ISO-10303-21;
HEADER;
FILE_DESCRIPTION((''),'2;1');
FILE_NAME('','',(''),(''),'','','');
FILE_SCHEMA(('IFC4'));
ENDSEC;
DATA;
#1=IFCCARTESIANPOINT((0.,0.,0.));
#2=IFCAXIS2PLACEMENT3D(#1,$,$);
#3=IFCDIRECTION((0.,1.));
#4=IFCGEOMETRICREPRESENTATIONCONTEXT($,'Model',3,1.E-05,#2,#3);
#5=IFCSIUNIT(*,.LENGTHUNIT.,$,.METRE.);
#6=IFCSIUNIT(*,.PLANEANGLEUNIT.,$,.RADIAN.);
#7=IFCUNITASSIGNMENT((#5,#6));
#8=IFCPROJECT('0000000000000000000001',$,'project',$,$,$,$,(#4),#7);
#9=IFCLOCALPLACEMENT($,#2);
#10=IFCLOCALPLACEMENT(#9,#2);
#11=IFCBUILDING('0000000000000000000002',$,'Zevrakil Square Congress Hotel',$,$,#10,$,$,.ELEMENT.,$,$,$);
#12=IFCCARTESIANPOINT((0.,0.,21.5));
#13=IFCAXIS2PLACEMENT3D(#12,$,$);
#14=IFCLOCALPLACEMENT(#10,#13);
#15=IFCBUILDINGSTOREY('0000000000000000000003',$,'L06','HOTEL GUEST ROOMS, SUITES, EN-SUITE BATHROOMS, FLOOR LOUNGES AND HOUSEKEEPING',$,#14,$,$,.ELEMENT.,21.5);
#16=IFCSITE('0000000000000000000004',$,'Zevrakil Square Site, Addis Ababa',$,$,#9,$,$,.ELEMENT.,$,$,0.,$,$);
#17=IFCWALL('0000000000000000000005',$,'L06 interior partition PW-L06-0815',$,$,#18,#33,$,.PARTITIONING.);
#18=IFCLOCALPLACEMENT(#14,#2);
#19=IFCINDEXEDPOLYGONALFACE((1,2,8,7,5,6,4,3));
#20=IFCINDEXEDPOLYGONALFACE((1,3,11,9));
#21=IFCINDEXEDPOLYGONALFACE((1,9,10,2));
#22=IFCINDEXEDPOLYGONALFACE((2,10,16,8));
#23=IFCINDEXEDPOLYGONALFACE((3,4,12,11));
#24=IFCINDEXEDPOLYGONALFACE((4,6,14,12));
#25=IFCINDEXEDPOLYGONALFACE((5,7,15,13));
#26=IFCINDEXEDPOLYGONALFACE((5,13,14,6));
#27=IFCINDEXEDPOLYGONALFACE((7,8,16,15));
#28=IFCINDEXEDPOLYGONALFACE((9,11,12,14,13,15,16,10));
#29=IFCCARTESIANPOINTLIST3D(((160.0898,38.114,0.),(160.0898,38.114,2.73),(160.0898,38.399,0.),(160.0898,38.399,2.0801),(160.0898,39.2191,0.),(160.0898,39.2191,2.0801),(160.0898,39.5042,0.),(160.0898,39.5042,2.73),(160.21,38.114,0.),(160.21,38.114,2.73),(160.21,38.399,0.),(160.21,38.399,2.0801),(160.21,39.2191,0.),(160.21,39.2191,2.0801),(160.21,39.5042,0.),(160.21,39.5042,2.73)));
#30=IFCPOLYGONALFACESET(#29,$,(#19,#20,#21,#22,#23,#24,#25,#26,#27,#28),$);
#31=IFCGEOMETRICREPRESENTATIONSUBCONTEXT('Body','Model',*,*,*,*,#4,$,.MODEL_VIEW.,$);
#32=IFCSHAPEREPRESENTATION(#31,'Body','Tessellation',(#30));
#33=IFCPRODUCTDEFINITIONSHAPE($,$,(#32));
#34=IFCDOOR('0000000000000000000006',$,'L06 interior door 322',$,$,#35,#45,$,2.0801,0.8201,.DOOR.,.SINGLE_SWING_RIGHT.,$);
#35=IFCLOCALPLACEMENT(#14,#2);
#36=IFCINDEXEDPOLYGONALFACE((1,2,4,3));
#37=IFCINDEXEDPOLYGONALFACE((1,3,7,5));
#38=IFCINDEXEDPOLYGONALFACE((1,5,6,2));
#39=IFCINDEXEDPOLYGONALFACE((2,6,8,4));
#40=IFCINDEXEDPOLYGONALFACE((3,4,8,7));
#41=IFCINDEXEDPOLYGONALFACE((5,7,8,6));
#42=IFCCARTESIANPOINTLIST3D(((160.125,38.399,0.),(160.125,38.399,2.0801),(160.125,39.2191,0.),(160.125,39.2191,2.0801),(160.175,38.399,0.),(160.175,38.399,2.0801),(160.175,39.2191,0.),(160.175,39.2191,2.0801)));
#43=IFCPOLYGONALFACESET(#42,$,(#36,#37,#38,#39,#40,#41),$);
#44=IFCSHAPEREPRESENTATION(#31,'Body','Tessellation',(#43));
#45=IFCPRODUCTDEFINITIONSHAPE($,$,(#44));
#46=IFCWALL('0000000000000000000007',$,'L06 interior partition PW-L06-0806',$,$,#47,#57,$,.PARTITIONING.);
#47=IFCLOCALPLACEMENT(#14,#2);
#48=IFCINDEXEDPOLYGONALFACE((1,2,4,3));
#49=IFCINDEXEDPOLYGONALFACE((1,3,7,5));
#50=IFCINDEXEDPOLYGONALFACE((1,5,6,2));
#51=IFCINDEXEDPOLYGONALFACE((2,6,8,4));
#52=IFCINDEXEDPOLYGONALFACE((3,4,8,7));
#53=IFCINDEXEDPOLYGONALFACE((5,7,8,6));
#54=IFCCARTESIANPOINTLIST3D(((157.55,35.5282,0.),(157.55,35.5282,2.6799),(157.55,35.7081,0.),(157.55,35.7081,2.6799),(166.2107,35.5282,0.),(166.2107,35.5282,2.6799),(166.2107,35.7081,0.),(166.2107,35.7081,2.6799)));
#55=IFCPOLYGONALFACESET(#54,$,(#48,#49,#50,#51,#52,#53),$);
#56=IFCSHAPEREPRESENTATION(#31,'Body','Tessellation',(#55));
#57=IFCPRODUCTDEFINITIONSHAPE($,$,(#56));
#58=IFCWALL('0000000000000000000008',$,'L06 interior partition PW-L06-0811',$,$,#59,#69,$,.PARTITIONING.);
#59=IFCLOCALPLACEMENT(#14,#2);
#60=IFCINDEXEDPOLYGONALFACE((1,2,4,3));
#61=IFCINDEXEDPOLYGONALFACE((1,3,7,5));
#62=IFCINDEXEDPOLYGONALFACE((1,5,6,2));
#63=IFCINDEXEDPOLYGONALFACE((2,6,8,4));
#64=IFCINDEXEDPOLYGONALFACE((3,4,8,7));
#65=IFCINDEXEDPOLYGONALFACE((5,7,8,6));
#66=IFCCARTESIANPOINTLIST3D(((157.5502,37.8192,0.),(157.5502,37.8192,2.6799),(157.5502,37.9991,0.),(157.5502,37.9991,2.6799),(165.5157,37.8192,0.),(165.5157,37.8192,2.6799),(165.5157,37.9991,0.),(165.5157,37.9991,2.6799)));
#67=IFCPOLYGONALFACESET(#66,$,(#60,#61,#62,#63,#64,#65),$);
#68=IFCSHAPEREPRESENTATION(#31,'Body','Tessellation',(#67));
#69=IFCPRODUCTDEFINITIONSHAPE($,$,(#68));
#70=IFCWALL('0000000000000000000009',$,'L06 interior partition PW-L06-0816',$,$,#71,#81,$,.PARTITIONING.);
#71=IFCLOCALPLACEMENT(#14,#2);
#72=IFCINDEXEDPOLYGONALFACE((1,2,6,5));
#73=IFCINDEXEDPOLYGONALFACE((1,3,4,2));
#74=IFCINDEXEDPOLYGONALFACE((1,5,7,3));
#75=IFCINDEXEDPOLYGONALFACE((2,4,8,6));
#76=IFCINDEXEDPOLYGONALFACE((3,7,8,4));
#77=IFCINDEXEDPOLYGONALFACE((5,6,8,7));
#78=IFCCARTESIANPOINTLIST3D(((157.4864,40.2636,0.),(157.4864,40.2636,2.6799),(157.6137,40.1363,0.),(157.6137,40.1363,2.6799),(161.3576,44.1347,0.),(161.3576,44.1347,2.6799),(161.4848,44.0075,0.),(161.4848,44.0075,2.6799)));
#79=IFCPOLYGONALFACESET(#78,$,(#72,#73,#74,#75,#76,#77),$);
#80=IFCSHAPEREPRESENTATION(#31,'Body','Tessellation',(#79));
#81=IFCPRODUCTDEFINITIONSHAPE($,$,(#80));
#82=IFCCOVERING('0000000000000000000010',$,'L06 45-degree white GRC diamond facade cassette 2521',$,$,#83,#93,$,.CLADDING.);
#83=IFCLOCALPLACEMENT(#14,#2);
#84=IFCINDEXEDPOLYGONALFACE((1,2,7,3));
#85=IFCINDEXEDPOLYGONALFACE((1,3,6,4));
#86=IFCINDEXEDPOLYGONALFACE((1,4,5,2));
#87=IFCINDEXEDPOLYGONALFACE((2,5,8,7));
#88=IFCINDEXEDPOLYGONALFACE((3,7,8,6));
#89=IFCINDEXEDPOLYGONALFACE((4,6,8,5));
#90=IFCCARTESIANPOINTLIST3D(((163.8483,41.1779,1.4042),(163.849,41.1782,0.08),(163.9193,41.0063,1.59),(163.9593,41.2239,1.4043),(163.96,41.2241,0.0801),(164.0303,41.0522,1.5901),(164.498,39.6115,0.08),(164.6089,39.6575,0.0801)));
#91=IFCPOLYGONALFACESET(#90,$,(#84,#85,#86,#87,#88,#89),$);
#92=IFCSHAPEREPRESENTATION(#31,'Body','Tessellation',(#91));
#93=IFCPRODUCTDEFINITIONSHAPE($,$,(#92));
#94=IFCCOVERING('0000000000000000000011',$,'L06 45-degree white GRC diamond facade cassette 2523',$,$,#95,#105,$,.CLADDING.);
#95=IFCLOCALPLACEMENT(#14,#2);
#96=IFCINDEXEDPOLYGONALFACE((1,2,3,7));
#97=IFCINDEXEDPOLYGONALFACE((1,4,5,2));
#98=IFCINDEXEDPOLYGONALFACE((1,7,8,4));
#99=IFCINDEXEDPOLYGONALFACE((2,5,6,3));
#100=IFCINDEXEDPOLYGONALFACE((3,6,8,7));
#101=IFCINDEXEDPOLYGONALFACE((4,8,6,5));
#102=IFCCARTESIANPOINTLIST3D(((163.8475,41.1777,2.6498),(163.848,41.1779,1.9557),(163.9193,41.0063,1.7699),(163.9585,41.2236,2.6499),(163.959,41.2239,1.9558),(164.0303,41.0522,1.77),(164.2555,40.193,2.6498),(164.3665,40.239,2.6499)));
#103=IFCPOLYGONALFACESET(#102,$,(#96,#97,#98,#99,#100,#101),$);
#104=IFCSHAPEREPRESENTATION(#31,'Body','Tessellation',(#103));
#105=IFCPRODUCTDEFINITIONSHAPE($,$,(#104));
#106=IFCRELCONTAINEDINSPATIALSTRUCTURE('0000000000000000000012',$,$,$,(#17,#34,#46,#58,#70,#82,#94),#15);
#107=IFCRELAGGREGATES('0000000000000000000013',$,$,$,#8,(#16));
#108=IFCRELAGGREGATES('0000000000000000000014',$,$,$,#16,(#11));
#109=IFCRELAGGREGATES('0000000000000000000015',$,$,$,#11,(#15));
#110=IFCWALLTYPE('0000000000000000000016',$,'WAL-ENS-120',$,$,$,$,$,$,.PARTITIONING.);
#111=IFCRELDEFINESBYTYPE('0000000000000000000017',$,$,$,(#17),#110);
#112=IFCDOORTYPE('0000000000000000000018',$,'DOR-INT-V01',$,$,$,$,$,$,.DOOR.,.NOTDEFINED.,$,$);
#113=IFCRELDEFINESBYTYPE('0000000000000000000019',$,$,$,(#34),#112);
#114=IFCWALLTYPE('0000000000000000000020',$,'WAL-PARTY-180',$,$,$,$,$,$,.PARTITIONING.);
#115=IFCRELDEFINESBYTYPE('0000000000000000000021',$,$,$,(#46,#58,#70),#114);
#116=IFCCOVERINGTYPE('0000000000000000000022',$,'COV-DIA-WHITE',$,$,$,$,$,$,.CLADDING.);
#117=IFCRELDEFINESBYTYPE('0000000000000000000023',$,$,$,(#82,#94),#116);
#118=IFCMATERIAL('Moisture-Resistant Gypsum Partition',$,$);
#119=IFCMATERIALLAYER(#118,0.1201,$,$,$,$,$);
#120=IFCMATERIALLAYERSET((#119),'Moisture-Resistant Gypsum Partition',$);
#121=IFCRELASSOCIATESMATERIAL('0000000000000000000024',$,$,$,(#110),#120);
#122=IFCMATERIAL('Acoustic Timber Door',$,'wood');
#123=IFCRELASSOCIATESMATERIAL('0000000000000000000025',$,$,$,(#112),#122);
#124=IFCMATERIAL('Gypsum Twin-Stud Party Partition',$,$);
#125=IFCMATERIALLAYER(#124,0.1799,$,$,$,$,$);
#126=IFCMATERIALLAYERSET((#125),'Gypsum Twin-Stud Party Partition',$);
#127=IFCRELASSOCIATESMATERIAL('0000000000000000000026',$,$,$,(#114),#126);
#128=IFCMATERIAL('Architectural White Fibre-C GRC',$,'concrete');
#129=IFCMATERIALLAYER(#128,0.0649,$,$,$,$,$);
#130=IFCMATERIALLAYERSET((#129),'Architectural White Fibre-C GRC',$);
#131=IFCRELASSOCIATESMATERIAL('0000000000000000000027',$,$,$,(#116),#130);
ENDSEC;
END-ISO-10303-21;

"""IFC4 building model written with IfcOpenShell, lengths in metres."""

from ifc_helpers import new_model, si_unit, direction, frame, frame_2d, origin, place, context, subcontext, project, spatial, polyline, rectangle, outline, extrude, material, layer, layer_set, type_object, element, fill, save


model = new_model("IFC4")

# Units and contexts
model_context = context("Model", 3, precision=1e-05, world=origin(), true_north=direction((0.0, 1.0)))
body_context = subcontext(model_context, "Body", "Model", "MODEL_VIEW")
ifc_project = project(units=[si_unit("LENGTHUNIT", "METRE"), si_unit("PLANEANGLEUNIT", "RADIAN")], contexts=[model_context])

# Site, building, storey
site_placement = place(None, origin())
site = spatial("IfcSite", under=ifc_project, at=site_placement, Name="Zevrakil Square Site, Addis Ababa", CompositionType="ELEMENT", RefElevation=0.0)
building_placement = place(site_placement, origin())
building = spatial("IfcBuilding", under=site, at=building_placement, Name="Zevrakil Square Congress Hotel", CompositionType="ELEMENT")
storey_placement = place(building_placement, frame((0.0, 0.0, 21.5)))
storey = spatial("IfcBuildingStorey", under=building, at=storey_placement, Name="L06", Description="HOTEL GUEST ROOMS, SUITES, EN-SUITE BATHROOMS, FLOOR LOUNGES AND HOUSEKEEPING", CompositionType="ELEMENT", Elevation=21.5)

# Shared definitions
ifc_material_1 = material(Name="Moisture-Resistant Gypsum Partition")
ifc_layer_1 = layer(ifc_material_1, 0.1201)
ifc_layer_set_1 = layer_set([ifc_layer_1], Name="Moisture-Resistant Gypsum Partition")
wall_type_1 = type_object("IfcWallType", Name="WAL-ENS-120", PredefinedType="PARTITIONING", material=ifc_layer_set_1)

# Shared definitions
ifc_material_2 = material(Name="Acoustic Timber Door", Category="wood")
door_type_1 = type_object("IfcDoorType", Name="DOR-INT-V01", OperationType="NOTDEFINED", PredefinedType="DOOR", material=ifc_material_2)

# Wall, opening, door
wall_1_placement = place(storey_placement, frame((160.1499, 38.114, 0.0), z_axis=(0.0, 0.0, 1.0), x_axis=(0.0, 1.0, 0.0)))
wall_1 = element("IfcWall", 1, at=wall_1_placement, inside=storey, type_object=wall_type_1, Name="L06 interior partition PW-L06-0815", PredefinedType="PARTITIONING", context=body_context, shape_type="SweptSolid", body=[
    extrude(rectangle(XDim=1.3901, YDim=0.1201, at=frame_2d((0.6951, 0.0))), origin(), (0.0, 0.0, 1.0), 2.73),
])
opening_1_placement = place(wall_1_placement, frame((0.2849, 0.0, 0.0)))
opening_1 = element("IfcOpeningElement", 2, at=opening_1_placement, cuts=wall_1, PredefinedType="OPENING", context=body_context, shape_type="SweptSolid", body=[
    extrude(rectangle(XDim=0.8201, YDim=2.0801, at=frame_2d((0.4102, 1.04))), frame((0.0, 0.0701, 0.0), z_axis=(0.0, -1.0, 0.0), x_axis=(1.0, 0.0, 0.0)), (0.0, 0.0, 1.0), 0.1401),
])
door_1_placement = place(opening_1_placement, origin())
door_1 = element("IfcDoor", 3, at=door_1_placement, inside=storey, type_object=door_type_1, Name="L06 interior door 322", OperationType="SINGLE_SWING_RIGHT", OverallHeight=2.0801, OverallWidth=0.8201, PredefinedType="DOOR", context=body_context, shape_type="SweptSolid", body=[
    extrude(rectangle(XDim=0.8201, YDim=2.0801, at=frame_2d((0.4102, 1.04))), frame((0.0, 0.0249, 0.0), z_axis=(0.0, -1.0, 0.0), x_axis=(1.0, 0.0, 0.0)), (0.0, 0.0, 1.0), 0.05),
])
fill(opening_1, door_1)

# Walls
ifc_material_3 = material(Name="Gypsum Twin-Stud Party Partition")
ifc_layer_2 = layer(ifc_material_3, 0.1799)
ifc_layer_set_2 = layer_set([ifc_layer_2], Name="Gypsum Twin-Stud Party Partition")
wall_type_2 = type_object("IfcWallType", Name="WAL-PARTY-180", PredefinedType="PARTITIONING", material=ifc_layer_set_2)
wall_2_placement = place(storey_placement, frame((157.55, 35.6182, 0.0), z_axis=(0.0, 0.0, 1.0), x_axis=(1.0, 0.0, 0.0)))
element("IfcWall", 4, at=wall_2_placement, inside=storey, type_object=wall_type_2, Name="L06 interior partition PW-L06-0806", PredefinedType="PARTITIONING", context=body_context, shape_type="SweptSolid", body=[
    extrude(rectangle(XDim=8.6606, YDim=0.1799, at=frame_2d((4.3303, 0.0))), origin(), (0.0, 0.0, 1.0), 2.6799),
])
wall_3_placement = place(storey_placement, frame((157.55, 37.9092, 0.0), z_axis=(0.0, 0.0, 1.0), x_axis=(1.0, 0.0, 0.0)))
element("IfcWall", 5, at=wall_3_placement, inside=storey, type_object=wall_type_2, Name="L06 interior partition PW-L06-0811", PredefinedType="PARTITIONING", context=body_context, shape_type="SweptSolid", body=[
    extrude(rectangle(XDim=7.9656, YDim=0.1799, at=frame_2d((3.9829, 0.0))), origin(), (0.0, 0.0, 1.0), 2.6799),
])
wall_4_placement = place(storey_placement, frame((157.55, 40.2, 0.0), z_axis=(0.0, 0.0, 1.0), x_axis=(0.707107, 0.707107, 0.0)))
element("IfcWall", 6, at=wall_4_placement, inside=storey, type_object=wall_type_2, Name="L06 interior partition PW-L06-0816", PredefinedType="PARTITIONING", context=body_context, shape_type="SweptSolid", body=[
    extrude(rectangle(XDim=5.4746, YDim=0.1799, at=frame_2d((2.7373, 0.0))), origin(), (0.0, 0.0, 1.0), 2.6799),
])

# Coverings
ifc_material_4 = material(Name="Architectural White Fibre-C GRC", Category="concrete")
ifc_layer_3 = layer(ifc_material_4, 0.0649)
ifc_layer_set_3 = layer_set([ifc_layer_3], Name="Architectural White Fibre-C GRC")
covering_type = type_object("IfcCoveringType", Name="COV-DIA-WHITE", PredefinedType="CLADDING", material=ifc_layer_set_3)
covering_1_placement = place(storey_placement, frame((164.0303, 41.0522, 1.5901), z_axis=(0.923868, 0.382711, 0.000542), x_axis=(-0.270236, 0.653355, -0.707177)))
element("IfcCovering", 7, at=covering_1_placement, inside=storey, type_object=covering_type, Name="L06 45-degree white GRC diamond facade cassette 2521", PredefinedType="CLADDING", context=body_context, shape_type="SweptSolid", body=[
    extrude(outline(polyline([(0.0, 0.0), (0.2627, 0.0), (1.1991, -0.9363), (0.0002, -2.1355), (0.0, 0.0)])), origin(), (0.0, 0.0, -1.0), 0.1201),
])
covering_2_placement = place(storey_placement, frame((164.0303, 41.0522, 1.77), z_axis=(0.923836, 0.382787, 0.000802), x_axis=(0.270162, -0.653504, 0.707068)))
element("IfcCovering", 8, at=covering_2_placement, inside=storey, type_object=covering_type, Name="L06 45-degree white GRC diamond facade cassette 2523", PredefinedType="CLADDING", context=body_context, shape_type="SweptSolid", body=[
    extrude(outline(polyline([(0.0, 0.0), (1.2444, 0.0), (0.4907, -0.7536), (-0.0001, -0.2628), (0.0, 0.0)])), origin(), (0.0, 0.0, -1.0), 0.1201),
])

save(model, "model.ifc")
